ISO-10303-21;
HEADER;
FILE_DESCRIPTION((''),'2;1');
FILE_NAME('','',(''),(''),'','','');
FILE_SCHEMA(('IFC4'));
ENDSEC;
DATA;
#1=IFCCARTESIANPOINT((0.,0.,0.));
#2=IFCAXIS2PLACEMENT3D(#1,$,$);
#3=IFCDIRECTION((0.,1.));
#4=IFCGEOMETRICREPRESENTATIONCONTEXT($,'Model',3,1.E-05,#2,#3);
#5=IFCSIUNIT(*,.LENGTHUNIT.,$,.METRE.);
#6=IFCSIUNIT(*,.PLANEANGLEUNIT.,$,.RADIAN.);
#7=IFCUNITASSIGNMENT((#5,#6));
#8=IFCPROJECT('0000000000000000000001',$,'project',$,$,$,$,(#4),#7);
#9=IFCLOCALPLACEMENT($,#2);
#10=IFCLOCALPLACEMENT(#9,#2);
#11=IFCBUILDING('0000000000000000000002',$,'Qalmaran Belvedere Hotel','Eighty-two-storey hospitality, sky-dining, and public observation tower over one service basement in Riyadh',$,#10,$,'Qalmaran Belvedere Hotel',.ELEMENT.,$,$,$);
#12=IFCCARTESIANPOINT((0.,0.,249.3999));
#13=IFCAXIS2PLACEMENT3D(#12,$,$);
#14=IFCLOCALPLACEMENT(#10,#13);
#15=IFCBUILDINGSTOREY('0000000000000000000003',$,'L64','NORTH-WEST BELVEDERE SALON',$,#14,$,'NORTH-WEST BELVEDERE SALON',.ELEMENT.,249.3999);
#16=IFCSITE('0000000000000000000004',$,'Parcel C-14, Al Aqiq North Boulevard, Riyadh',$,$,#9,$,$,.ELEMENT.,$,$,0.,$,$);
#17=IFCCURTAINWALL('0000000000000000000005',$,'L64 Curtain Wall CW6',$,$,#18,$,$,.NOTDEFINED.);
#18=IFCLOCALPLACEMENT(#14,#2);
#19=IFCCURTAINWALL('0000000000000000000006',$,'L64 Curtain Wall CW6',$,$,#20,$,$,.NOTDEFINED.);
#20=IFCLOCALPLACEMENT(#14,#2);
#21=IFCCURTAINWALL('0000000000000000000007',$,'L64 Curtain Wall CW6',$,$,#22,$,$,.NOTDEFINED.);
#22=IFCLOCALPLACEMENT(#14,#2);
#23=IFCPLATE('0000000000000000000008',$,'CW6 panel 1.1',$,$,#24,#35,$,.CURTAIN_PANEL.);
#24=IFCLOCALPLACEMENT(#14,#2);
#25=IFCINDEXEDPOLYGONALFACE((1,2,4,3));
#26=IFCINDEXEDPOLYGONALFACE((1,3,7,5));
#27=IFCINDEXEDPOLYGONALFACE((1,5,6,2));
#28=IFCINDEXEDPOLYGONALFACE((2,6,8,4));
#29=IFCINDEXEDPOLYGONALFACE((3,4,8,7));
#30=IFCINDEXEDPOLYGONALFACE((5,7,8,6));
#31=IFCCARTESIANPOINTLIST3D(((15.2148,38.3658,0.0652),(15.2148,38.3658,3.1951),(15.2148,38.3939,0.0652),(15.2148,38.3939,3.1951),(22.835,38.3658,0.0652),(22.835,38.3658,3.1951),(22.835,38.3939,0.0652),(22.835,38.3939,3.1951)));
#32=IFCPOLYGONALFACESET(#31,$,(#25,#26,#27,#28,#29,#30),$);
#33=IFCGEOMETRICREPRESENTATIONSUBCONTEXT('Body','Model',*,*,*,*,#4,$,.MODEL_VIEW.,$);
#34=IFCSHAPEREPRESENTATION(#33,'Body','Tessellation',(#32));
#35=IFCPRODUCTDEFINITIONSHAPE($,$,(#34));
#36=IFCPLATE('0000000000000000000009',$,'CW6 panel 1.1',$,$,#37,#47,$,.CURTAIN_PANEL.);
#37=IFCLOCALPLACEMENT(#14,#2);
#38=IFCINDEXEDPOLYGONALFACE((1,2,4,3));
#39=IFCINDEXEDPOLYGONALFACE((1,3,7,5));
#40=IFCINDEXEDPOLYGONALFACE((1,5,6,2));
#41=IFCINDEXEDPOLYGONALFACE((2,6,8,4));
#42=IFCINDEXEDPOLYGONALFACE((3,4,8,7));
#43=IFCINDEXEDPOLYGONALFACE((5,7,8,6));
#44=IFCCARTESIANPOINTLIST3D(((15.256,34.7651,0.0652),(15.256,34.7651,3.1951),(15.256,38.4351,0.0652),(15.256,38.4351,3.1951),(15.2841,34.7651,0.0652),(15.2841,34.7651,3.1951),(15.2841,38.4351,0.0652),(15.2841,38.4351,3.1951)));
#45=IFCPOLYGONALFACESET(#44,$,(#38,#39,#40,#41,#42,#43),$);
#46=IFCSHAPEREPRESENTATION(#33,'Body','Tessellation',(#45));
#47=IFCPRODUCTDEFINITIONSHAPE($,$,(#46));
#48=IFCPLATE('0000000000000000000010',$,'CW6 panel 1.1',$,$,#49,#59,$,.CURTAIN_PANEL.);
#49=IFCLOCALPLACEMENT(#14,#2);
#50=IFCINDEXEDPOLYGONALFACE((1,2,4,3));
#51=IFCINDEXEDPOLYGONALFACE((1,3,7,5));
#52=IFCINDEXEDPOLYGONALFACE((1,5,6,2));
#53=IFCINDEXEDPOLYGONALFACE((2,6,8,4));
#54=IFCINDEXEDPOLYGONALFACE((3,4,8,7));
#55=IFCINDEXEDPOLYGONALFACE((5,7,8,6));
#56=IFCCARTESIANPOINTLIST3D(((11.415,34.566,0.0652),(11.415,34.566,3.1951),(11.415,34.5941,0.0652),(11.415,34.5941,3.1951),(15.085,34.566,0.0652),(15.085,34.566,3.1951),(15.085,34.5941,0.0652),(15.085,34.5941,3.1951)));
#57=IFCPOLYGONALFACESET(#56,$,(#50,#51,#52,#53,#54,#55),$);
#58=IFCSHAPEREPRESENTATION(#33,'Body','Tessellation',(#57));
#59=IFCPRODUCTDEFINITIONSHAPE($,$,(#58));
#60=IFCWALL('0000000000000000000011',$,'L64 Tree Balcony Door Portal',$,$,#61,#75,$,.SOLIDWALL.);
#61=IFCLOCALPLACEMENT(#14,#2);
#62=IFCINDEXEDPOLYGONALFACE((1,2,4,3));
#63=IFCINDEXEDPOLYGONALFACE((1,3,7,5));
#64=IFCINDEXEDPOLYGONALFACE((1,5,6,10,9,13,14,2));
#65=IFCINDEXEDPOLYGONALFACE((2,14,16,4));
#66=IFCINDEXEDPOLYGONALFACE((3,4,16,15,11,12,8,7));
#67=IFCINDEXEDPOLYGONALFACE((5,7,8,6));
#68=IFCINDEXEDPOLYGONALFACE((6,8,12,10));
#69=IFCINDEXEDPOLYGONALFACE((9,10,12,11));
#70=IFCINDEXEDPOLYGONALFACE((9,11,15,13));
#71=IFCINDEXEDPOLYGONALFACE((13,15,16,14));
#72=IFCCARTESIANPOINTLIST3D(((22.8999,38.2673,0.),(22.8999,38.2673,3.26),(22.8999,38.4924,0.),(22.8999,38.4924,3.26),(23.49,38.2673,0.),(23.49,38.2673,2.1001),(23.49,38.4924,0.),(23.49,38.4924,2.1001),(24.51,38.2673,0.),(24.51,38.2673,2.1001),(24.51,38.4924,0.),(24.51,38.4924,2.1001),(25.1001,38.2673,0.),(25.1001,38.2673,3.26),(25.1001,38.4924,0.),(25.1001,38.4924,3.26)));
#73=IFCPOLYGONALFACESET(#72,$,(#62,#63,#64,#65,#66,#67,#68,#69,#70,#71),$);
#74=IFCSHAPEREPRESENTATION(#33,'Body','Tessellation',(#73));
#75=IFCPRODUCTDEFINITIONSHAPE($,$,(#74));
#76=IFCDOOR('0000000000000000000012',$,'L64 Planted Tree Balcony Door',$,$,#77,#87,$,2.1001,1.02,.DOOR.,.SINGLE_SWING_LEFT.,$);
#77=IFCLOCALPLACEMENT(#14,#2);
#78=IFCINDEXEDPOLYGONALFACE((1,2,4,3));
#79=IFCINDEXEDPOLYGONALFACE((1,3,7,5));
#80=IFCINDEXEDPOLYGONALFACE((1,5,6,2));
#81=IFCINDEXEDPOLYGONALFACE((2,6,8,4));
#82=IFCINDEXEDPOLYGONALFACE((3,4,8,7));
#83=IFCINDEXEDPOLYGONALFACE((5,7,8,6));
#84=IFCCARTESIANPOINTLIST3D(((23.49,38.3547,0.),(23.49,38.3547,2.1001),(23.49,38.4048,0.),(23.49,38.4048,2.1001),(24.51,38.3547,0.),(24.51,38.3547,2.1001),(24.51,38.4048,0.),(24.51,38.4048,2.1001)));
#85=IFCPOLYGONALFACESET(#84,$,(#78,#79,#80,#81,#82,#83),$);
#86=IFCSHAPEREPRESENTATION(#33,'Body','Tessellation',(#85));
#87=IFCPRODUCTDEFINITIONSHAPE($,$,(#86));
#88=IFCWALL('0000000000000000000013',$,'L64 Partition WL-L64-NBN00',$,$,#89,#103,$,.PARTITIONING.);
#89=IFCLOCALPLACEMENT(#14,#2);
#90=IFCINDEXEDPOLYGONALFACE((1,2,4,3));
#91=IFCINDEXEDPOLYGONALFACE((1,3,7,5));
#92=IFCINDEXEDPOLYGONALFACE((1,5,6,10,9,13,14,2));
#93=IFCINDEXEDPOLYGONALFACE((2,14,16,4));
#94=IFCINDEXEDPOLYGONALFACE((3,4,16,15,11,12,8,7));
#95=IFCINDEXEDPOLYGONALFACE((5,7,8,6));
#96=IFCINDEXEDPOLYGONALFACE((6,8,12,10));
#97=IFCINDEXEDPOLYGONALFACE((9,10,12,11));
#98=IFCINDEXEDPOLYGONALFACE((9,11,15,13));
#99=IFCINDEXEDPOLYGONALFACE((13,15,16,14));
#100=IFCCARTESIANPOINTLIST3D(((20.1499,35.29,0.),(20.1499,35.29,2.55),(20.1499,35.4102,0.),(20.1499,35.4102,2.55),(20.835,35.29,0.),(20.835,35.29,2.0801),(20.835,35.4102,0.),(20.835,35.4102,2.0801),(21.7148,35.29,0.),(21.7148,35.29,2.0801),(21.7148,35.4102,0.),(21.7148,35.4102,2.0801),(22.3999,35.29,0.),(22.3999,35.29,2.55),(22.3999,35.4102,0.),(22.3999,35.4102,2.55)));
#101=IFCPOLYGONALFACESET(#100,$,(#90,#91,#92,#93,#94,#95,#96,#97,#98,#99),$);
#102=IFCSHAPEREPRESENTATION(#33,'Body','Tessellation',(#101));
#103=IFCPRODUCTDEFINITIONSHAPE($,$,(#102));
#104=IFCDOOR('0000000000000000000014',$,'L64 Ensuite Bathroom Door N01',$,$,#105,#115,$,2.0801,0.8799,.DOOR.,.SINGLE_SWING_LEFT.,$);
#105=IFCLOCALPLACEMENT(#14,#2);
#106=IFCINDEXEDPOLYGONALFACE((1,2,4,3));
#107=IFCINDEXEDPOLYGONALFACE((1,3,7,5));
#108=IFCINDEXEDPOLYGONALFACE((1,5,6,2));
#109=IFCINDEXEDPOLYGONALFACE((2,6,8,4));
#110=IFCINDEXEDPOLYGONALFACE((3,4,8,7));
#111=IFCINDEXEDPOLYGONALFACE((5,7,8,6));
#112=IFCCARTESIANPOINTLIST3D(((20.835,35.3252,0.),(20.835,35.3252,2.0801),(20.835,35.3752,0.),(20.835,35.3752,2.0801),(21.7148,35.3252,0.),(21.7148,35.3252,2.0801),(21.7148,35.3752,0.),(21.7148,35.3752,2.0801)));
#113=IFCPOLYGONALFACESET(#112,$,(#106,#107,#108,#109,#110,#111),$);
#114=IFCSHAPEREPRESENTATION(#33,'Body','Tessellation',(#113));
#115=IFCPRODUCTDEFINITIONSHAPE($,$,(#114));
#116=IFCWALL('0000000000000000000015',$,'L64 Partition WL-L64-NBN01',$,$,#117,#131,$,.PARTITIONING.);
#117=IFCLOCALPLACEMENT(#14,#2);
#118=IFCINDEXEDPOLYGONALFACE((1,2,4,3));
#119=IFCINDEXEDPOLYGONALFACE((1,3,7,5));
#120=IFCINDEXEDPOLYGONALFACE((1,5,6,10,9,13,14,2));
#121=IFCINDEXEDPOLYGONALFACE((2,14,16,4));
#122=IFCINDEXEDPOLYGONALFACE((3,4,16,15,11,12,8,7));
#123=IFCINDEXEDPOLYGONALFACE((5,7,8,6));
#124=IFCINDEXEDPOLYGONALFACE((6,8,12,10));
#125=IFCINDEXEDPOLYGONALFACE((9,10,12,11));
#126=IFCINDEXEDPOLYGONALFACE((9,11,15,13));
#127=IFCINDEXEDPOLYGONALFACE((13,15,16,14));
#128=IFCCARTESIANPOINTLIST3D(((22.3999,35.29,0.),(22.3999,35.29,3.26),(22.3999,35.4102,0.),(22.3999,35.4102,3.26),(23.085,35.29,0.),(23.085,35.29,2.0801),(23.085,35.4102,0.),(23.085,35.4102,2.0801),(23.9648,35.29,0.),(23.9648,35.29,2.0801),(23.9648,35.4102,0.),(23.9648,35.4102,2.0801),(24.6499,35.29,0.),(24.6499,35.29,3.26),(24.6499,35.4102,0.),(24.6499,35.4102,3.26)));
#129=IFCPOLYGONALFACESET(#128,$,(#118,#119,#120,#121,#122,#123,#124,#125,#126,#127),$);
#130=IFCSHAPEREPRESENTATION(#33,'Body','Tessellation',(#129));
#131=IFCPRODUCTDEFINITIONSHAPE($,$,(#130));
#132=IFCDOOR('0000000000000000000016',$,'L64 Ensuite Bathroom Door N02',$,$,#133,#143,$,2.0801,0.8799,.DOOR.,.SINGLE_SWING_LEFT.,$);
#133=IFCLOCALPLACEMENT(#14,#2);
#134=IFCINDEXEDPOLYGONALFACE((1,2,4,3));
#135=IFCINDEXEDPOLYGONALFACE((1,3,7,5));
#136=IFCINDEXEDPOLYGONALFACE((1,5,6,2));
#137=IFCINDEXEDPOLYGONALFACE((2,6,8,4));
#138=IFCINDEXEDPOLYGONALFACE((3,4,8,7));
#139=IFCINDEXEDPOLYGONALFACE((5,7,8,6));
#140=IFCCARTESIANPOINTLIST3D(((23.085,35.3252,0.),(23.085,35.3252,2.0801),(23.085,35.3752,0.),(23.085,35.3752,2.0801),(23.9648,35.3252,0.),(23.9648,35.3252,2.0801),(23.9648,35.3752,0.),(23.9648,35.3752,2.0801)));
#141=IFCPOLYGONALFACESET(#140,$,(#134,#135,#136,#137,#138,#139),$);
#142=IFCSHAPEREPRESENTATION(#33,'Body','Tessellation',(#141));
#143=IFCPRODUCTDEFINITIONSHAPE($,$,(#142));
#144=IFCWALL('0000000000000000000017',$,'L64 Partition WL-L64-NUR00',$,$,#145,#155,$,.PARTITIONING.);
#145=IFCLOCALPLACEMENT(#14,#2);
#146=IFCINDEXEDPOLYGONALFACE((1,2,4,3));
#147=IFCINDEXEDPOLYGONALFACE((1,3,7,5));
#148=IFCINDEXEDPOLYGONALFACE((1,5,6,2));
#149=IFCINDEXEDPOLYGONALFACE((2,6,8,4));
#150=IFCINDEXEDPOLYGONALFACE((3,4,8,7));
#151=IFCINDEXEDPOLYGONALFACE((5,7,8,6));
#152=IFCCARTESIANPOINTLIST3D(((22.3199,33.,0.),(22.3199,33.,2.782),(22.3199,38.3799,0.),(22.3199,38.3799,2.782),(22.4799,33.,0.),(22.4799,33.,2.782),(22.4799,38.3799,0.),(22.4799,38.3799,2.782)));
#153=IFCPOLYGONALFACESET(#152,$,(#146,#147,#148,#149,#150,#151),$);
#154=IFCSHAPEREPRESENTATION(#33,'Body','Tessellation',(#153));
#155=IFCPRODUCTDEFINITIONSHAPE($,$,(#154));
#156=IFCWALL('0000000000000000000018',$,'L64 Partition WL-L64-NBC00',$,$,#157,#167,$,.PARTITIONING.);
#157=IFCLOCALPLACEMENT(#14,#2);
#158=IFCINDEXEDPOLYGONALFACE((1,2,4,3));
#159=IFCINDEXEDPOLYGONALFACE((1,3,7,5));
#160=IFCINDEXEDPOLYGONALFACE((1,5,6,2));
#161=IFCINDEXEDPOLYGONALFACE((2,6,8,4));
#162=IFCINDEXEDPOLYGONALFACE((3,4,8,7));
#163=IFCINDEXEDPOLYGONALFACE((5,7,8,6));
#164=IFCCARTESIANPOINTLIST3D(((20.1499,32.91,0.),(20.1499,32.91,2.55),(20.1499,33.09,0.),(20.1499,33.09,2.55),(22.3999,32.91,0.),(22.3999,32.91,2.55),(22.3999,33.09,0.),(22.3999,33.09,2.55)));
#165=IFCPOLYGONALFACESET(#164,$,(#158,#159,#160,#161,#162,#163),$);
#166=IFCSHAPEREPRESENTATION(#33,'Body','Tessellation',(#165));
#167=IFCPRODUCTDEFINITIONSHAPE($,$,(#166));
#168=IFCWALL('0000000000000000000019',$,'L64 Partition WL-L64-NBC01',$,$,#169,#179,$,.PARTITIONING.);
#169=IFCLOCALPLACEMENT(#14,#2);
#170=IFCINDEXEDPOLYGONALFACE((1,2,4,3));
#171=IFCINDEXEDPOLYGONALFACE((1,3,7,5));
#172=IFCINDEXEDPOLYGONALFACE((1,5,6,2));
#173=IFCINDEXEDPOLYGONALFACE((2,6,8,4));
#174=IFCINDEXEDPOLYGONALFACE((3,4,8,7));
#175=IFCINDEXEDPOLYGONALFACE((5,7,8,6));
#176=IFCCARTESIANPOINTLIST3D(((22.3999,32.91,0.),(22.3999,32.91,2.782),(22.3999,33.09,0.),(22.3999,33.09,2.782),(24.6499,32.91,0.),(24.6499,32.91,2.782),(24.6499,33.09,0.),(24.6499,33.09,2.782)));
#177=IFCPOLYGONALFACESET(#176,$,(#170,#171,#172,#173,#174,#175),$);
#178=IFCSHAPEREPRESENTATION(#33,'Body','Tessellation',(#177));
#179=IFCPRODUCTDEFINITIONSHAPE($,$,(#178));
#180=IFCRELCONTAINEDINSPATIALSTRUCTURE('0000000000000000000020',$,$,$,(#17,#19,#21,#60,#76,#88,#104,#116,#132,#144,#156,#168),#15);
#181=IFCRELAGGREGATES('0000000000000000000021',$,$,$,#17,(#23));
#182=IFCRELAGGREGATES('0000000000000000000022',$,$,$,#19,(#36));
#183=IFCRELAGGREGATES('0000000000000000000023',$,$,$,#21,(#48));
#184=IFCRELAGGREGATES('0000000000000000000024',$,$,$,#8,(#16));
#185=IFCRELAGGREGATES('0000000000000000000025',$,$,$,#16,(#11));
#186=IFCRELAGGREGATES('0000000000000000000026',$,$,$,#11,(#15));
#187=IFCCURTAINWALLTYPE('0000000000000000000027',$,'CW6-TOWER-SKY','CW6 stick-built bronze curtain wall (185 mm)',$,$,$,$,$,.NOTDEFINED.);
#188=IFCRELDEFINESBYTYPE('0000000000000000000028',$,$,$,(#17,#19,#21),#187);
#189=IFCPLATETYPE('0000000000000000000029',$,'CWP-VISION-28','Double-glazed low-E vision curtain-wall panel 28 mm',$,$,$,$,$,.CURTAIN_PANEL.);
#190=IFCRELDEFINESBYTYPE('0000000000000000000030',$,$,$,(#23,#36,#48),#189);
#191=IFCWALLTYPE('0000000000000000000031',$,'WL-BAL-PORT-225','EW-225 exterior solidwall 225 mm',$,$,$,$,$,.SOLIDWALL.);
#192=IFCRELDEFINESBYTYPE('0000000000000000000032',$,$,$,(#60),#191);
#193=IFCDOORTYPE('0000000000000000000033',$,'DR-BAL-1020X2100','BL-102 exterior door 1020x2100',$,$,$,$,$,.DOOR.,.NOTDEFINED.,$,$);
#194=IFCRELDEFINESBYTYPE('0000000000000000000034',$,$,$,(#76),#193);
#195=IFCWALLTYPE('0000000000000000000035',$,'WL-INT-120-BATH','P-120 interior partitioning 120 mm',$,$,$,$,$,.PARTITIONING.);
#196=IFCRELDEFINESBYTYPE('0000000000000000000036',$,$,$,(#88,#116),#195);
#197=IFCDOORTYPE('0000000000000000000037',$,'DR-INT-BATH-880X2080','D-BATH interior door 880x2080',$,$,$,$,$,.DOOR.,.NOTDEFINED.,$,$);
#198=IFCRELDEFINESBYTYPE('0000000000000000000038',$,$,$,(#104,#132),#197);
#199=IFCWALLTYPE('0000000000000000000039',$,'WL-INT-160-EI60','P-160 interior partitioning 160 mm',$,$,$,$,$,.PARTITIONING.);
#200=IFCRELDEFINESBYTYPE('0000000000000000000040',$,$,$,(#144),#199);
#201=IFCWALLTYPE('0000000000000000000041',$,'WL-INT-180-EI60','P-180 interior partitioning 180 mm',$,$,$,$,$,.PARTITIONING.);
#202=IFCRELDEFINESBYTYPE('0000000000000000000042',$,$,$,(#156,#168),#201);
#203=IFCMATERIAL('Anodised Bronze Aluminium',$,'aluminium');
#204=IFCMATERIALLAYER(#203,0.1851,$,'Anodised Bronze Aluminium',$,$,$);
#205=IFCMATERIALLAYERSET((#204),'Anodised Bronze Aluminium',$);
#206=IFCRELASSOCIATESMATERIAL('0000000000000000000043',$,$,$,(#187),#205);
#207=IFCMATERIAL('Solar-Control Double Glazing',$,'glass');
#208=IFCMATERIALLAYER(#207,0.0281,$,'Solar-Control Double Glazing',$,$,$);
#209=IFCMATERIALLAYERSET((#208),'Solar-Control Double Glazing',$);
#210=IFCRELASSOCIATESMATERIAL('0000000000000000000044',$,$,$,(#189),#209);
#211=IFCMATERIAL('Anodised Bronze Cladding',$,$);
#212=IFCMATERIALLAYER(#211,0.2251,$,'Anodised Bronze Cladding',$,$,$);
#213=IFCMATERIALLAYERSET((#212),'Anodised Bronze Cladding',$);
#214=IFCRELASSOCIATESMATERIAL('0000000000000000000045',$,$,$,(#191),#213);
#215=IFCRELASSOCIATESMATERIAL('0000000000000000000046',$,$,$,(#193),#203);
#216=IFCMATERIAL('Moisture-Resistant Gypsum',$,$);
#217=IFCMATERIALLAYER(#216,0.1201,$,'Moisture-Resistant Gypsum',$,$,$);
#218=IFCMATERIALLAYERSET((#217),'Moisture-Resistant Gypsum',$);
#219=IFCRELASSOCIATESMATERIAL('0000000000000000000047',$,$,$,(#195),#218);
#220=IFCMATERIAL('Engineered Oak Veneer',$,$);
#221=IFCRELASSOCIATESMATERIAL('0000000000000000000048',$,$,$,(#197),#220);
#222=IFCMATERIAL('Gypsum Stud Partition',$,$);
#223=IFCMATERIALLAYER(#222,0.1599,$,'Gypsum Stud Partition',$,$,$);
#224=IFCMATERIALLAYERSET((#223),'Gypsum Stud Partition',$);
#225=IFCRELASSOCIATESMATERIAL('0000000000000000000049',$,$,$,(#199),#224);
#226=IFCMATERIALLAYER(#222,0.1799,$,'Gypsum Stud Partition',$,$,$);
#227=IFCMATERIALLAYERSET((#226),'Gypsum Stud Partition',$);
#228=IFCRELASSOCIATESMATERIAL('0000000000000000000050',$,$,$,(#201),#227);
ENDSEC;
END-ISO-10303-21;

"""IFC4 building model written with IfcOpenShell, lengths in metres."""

from ifc_helpers import new_model, si_unit, direction, frame, frame_2d, origin, origin_2d, place, context, subcontext, project, spatial, rectangle, extrude, material, layer, layer_set, type_object, element, fill, aggregate, save


model = new_model("IFC4")

# Units and contexts
model_context = context("Model", 3, precision=1e-05, world=origin(), true_north=direction((0.0, 1.0)))
body_context = subcontext(model_context, "Body", "Model", "MODEL_VIEW")
ifc_project = project(units=[si_unit("LENGTHUNIT", "METRE"), si_unit("PLANEANGLEUNIT", "RADIAN")], contexts=[model_context])

# Site, building, storey
site_placement = place(None, origin())
site = spatial("IfcSite", under=ifc_project, at=site_placement, Name="Parcel C-14, Al Aqiq North Boulevard, Riyadh", CompositionType="ELEMENT", RefElevation=0.0)
building_placement = place(site_placement, origin())
building = spatial("IfcBuilding", under=site, at=building_placement, Name="Qalmaran Belvedere Hotel", Description="Eighty-two-storey hospitality, sky-dining, and public observation tower over one service basement in Riyadh", LongName="Qalmaran Belvedere Hotel", CompositionType="ELEMENT")
storey_placement = place(building_placement, frame((0.0, 0.0, 249.3999)))
storey = spatial("IfcBuildingStorey", under=building, at=storey_placement, Name="L64", Description="NORTH-WEST BELVEDERE SALON", LongName="NORTH-WEST BELVEDERE SALON", CompositionType="ELEMENT", Elevation=249.3999)

# Curtain walls
ifc_material_1 = material(Name="Anodised Bronze Aluminium", Category="aluminium")
ifc_layer_1 = layer(ifc_material_1, 0.1851, Name="Anodised Bronze Aluminium")
ifc_layer_set_1 = layer_set([ifc_layer_1], Name="Anodised Bronze Aluminium")
curtain_wall_type = type_object("IfcCurtainWallType", Name="CW6-TOWER-SKY", Description="CW6 stick-built bronze curtain wall (185 mm)", PredefinedType="NOTDEFINED", material=ifc_layer_set_1)
curtain_wall_1_placement = place(storey_placement, origin())
curtain_wall_1 = element("IfcCurtainWall", 1, at=curtain_wall_1_placement, inside=storey, type_object=curtain_wall_type, Name="L64 Curtain Wall CW6", PredefinedType="NOTDEFINED")
curtain_wall_2_placement = place(storey_placement, origin())
curtain_wall_2 = element("IfcCurtainWall", 2, at=curtain_wall_2_placement, inside=storey, type_object=curtain_wall_type, Name="L64 Curtain Wall CW6", PredefinedType="NOTDEFINED")
curtain_wall_3_placement = place(storey_placement, origin())
curtain_wall_3 = element("IfcCurtainWall", 3, at=curtain_wall_3_placement, inside=storey, type_object=curtain_wall_type, Name="L64 Curtain Wall CW6", PredefinedType="NOTDEFINED")

# Plates
ifc_material_2 = material(Name="Solar-Control Double Glazing", Category="glass")
ifc_layer_2 = layer(ifc_material_2, 0.0281, Name="Solar-Control Double Glazing")
ifc_layer_set_2 = layer_set([ifc_layer_2], Name="Solar-Control Double Glazing")
plate_type = type_object("IfcPlateType", Name="CWP-VISION-28", Description="Double-glazed low-E vision curtain-wall panel 28 mm", PredefinedType="CURTAIN_PANEL", material=ifc_layer_set_2)
plate_1_placement = place(storey_placement, frame((19.0249, 38.3799, 0.0652), z_axis=(0.0, 0.0, 1.0), x_axis=(-1.0, 0.0, 0.0)))
plate_1 = element("IfcPlate", 4, at=plate_1_placement, type_object=plate_type, Name="CW6 panel 1.1", PredefinedType="CURTAIN_PANEL", context=body_context, shape_type="SweptSolid", body=[
    extrude(rectangle(XDim=7.6201, YDim=0.0281, at=origin_2d()), origin(), (0.0, 0.0, 1.0), 3.1299),
])
aggregate(curtain_wall_1, [plate_1])
plate_2_placement = place(storey_placement, frame((15.27, 36.6001, 0.0652), z_axis=(0.0, 0.0, 1.0), x_axis=(0.0, -1.0, 0.0)))
plate_2 = element("IfcPlate", 5, at=plate_2_placement, type_object=plate_type, Name="CW6 panel 1.1", PredefinedType="CURTAIN_PANEL", context=body_context, shape_type="SweptSolid", body=[
    extrude(rectangle(XDim=3.6699, YDim=0.0281, at=origin_2d()), origin(), (0.0, 0.0, 1.0), 3.1299),
])
aggregate(curtain_wall_2, [plate_2])
plate_3_placement = place(storey_placement, frame((13.25, 34.5801, 0.0652), z_axis=(0.0, 0.0, 1.0), x_axis=(-1.0, 0.0, 0.0)))
plate_3 = element("IfcPlate", 6, at=plate_3_placement, type_object=plate_type, Name="CW6 panel 1.1", PredefinedType="CURTAIN_PANEL", context=body_context, shape_type="SweptSolid", body=[
    extrude(rectangle(XDim=3.6699, YDim=0.0281, at=origin_2d()), origin(), (0.0, 0.0, 1.0), 3.1299),
])
aggregate(curtain_wall_3, [plate_3])

# Walls, openings, doors
ifc_material_3 = material(Name="Anodised Bronze Cladding")
ifc_layer_3 = layer(ifc_material_3, 0.2251, Name="Anodised Bronze Cladding")
ifc_layer_set_3 = layer_set([ifc_layer_3], Name="Anodised Bronze Cladding")
wall_type_1 = type_object("IfcWallType", Name="WL-BAL-PORT-225", Description="EW-225 exterior solidwall 225 mm", PredefinedType="SOLIDWALL", material=ifc_layer_set_3)
wall_1_placement = place(storey_placement, frame((22.8999, 38.3799, 0.0), z_axis=(0.0, 0.0, 1.0), x_axis=(1.0, 0.0, 0.0)))
wall_1 = element("IfcWall", 7, at=wall_1_placement, inside=storey, type_object=wall_type_1, Name="L64 Tree Balcony Door Portal", PredefinedType="SOLIDWALL", context=body_context, shape_type="SweptSolid", body=[
    extrude(rectangle(XDim=2.2002, YDim=0.2251, at=frame_2d((1.1001, 0.0))), origin(), (0.0, 0.0, 1.0), 3.26),
])
opening_1_placement = place(wall_1_placement, frame((0.5901, 0.0, 0.0)))
opening_1 = element("IfcOpeningElement", 8, at=opening_1_placement, cuts=wall_1, PredefinedType="OPENING", context=body_context, shape_type="SweptSolid", body=[
    extrude(rectangle(XDim=1.02, YDim=2.1001, at=frame_2d((0.51, 1.05))), frame((0.0, 0.1226, 0.0), z_axis=(0.0, -1.0, 0.0), x_axis=(1.0, 0.0, 0.0)), (0.0, 0.0, 1.0), 0.2451),
])
door_type_1 = type_object("IfcDoorType", Name="DR-BAL-1020X2100", Description="BL-102 exterior door 1020x2100", OperationType="NOTDEFINED", PredefinedType="DOOR", material=ifc_material_1)
door_1_placement = place(opening_1_placement, origin())
door_1 = element("IfcDoor", 9, at=door_1_placement, inside=storey, type_object=door_type_1, Name="L64 Planted Tree Balcony Door", OperationType="SINGLE_SWING_LEFT", OverallHeight=2.1001, OverallWidth=1.02, PredefinedType="DOOR", context=body_context, shape_type="SweptSolid", body=[
    extrude(rectangle(XDim=1.02, YDim=2.1001, at=frame_2d((0.51, 1.05))), frame((0.0, 0.0249, 0.0), z_axis=(0.0, -1.0, 0.0), x_axis=(1.0, 0.0, 0.0)), (0.0, 0.0, 1.0), 0.05),
])
fill(opening_1, door_1)
ifc_material_4 = material(Name="Moisture-Resistant Gypsum")
ifc_layer_4 = layer(ifc_material_4, 0.1201, Name="Moisture-Resistant Gypsum")
ifc_layer_set_4 = layer_set([ifc_layer_4], Name="Moisture-Resistant Gypsum")
wall_type_2 = type_object("IfcWallType", Name="WL-INT-120-BATH", Description="P-120 interior partitioning 120 mm", PredefinedType="PARTITIONING", material=ifc_layer_set_4)
wall_2_placement = place(storey_placement, frame((20.1499, 35.3501, 0.0), z_axis=(0.0, 0.0, 1.0), x_axis=(1.0, 0.0, 0.0)))
wall_2 = element("IfcWall", 10, at=wall_2_placement, inside=storey, type_object=wall_type_2, Name="L64 Partition WL-L64-NBN00", PredefinedType="PARTITIONING", context=body_context, shape_type="SweptSolid", body=[
    extrude(rectangle(XDim=2.25, YDim=0.1201, at=frame_2d((1.125, 0.0))), origin(), (0.0, 0.0, 1.0), 2.55),
])
opening_2_placement = place(wall_2_placement, frame((1.5649, 0.0, 0.0), z_axis=(0.0, 0.0, 1.0), x_axis=(-1.0, 0.0, 0.0)))
opening_2 = element("IfcOpeningElement", 11, at=opening_2_placement, cuts=wall_2, PredefinedType="OPENING", context=body_context, shape_type="SweptSolid", body=[
    extrude(rectangle(XDim=0.8799, YDim=2.0801, at=frame_2d((0.4399, 1.04))), frame((0.0, 0.0701, 0.0), z_axis=(0.0, -1.0, 0.0), x_axis=(1.0, 0.0, 0.0)), (0.0, 0.0, 1.0), 0.1401),
])
ifc_material_5 = material(Name="Engineered Oak Veneer")
door_type_2 = type_object("IfcDoorType", Name="DR-INT-BATH-880X2080", Description="D-BATH interior door 880x2080", OperationType="NOTDEFINED", PredefinedType="DOOR", material=ifc_material_5)
door_2_placement = place(opening_2_placement, origin())
door_2 = element("IfcDoor", 12, at=door_2_placement, inside=storey, type_object=door_type_2, Name="L64 Ensuite Bathroom Door N01", OperationType="SINGLE_SWING_LEFT", OverallHeight=2.0801, OverallWidth=0.8799, PredefinedType="DOOR", context=body_context, shape_type="SweptSolid", body=[
    extrude(rectangle(XDim=0.8799, YDim=2.0801, at=frame_2d((0.4399, 1.04))), frame((0.0, 0.0249, 0.0), z_axis=(0.0, -1.0, 0.0), x_axis=(1.0, 0.0, 0.0)), (0.0, 0.0, 1.0), 0.05),
])
fill(opening_2, door_2)
wall_3_placement = place(storey_placement, frame((22.3999, 35.3501, 0.0), z_axis=(0.0, 0.0, 1.0), x_axis=(1.0, 0.0, 0.0)))
wall_3 = element("IfcWall", 13, at=wall_3_placement, inside=storey, type_object=wall_type_2, Name="L64 Partition WL-L64-NBN01", PredefinedType="PARTITIONING", context=body_context, shape_type="SweptSolid", body=[
    extrude(rectangle(XDim=2.25, YDim=0.1201, at=frame_2d((1.125, 0.0))), origin(), (0.0, 0.0, 1.0), 3.26),
])
opening_3_placement = place(wall_3_placement, frame((1.5649, 0.0, 0.0), z_axis=(0.0, 0.0, 1.0), x_axis=(-1.0, 0.0, 0.0)))
opening_3 = element("IfcOpeningElement", 14, at=opening_3_placement, cuts=wall_3, PredefinedType="OPENING", context=body_context, shape_type="SweptSolid", body=[
    extrude(rectangle(XDim=0.8799, YDim=2.0801, at=frame_2d((0.4399, 1.04))), frame((0.0, 0.0701, 0.0), z_axis=(0.0, -1.0, 0.0), x_axis=(1.0, 0.0, 0.0)), (0.0, 0.0, 1.0), 0.1401),
])
door_3_placement = place(opening_3_placement, origin())
door_3 = element("IfcDoor", 15, at=door_3_placement, inside=storey, type_object=door_type_2, Name="L64 Ensuite Bathroom Door N02", OperationType="SINGLE_SWING_LEFT", OverallHeight=2.0801, OverallWidth=0.8799, PredefinedType="DOOR", context=body_context, shape_type="SweptSolid", body=[
    extrude(rectangle(XDim=0.8799, YDim=2.0801, at=frame_2d((0.4399, 1.04))), frame((0.0, 0.0249, 0.0), z_axis=(0.0, -1.0, 0.0), x_axis=(1.0, 0.0, 0.0)), (0.0, 0.0, 1.0), 0.05),
])
fill(opening_3, door_3)

# Walls
ifc_material_6 = material(Name="Gypsum Stud Partition")
ifc_layer_5 = layer(ifc_material_6, 0.1599, Name="Gypsum Stud Partition")
ifc_layer_set_5 = layer_set([ifc_layer_5], Name="Gypsum Stud Partition")
wall_type_3 = type_object("IfcWallType", Name="WL-INT-160-EI60", Description="P-160 interior partitioning 160 mm", PredefinedType="PARTITIONING", material=ifc_layer_set_5)
wall_4_placement = place(storey_placement, frame((22.3999, 33.0, 0.0), z_axis=(0.0, 0.0, 1.0), x_axis=(0.0, 1.0, 0.0)))
element("IfcWall", 16, at=wall_4_placement, inside=storey, type_object=wall_type_3, Name="L64 Partition WL-L64-NUR00", PredefinedType="PARTITIONING", context=body_context, shape_type="SweptSolid", body=[
    extrude(rectangle(XDim=5.3799, YDim=0.1599, at=frame_2d((2.6899, 0.0))), origin(), (0.0, 0.0, 1.0), 2.782),
])
ifc_layer_6 = layer(ifc_material_6, 0.1799, Name="Gypsum Stud Partition")
ifc_layer_set_6 = layer_set([ifc_layer_6], Name="Gypsum Stud Partition")
wall_type_4 = type_object("IfcWallType", Name="WL-INT-180-EI60", Description="P-180 interior partitioning 180 mm", PredefinedType="PARTITIONING", material=ifc_layer_set_6)
wall_5_placement = place(storey_placement, frame((20.1499, 33.0, 0.0), z_axis=(0.0, 0.0, 1.0), x_axis=(1.0, 0.0, 0.0)))
element("IfcWall", 17, at=wall_5_placement, inside=storey, type_object=wall_type_4, Name="L64 Partition WL-L64-NBC00", PredefinedType="PARTITIONING", context=body_context, shape_type="SweptSolid", body=[
    extrude(rectangle(XDim=2.25, YDim=0.1799, at=frame_2d((1.125, 0.0))), origin(), (0.0, 0.0, 1.0), 2.55),
])
wall_6_placement = place(storey_placement, frame((22.3999, 33.0, 0.0), z_axis=(0.0, 0.0, 1.0), x_axis=(1.0, 0.0, 0.0)))
element("IfcWall", 18, at=wall_6_placement, inside=storey, type_object=wall_type_4, Name="L64 Partition WL-L64-NBC01", PredefinedType="PARTITIONING", context=body_context, shape_type="SweptSolid", body=[
    extrude(rectangle(XDim=2.25, YDim=0.1799, at=frame_2d((1.125, 0.0))), origin(), (0.0, 0.0, 1.0), 2.782),
])

save(model, "model.ifc")
